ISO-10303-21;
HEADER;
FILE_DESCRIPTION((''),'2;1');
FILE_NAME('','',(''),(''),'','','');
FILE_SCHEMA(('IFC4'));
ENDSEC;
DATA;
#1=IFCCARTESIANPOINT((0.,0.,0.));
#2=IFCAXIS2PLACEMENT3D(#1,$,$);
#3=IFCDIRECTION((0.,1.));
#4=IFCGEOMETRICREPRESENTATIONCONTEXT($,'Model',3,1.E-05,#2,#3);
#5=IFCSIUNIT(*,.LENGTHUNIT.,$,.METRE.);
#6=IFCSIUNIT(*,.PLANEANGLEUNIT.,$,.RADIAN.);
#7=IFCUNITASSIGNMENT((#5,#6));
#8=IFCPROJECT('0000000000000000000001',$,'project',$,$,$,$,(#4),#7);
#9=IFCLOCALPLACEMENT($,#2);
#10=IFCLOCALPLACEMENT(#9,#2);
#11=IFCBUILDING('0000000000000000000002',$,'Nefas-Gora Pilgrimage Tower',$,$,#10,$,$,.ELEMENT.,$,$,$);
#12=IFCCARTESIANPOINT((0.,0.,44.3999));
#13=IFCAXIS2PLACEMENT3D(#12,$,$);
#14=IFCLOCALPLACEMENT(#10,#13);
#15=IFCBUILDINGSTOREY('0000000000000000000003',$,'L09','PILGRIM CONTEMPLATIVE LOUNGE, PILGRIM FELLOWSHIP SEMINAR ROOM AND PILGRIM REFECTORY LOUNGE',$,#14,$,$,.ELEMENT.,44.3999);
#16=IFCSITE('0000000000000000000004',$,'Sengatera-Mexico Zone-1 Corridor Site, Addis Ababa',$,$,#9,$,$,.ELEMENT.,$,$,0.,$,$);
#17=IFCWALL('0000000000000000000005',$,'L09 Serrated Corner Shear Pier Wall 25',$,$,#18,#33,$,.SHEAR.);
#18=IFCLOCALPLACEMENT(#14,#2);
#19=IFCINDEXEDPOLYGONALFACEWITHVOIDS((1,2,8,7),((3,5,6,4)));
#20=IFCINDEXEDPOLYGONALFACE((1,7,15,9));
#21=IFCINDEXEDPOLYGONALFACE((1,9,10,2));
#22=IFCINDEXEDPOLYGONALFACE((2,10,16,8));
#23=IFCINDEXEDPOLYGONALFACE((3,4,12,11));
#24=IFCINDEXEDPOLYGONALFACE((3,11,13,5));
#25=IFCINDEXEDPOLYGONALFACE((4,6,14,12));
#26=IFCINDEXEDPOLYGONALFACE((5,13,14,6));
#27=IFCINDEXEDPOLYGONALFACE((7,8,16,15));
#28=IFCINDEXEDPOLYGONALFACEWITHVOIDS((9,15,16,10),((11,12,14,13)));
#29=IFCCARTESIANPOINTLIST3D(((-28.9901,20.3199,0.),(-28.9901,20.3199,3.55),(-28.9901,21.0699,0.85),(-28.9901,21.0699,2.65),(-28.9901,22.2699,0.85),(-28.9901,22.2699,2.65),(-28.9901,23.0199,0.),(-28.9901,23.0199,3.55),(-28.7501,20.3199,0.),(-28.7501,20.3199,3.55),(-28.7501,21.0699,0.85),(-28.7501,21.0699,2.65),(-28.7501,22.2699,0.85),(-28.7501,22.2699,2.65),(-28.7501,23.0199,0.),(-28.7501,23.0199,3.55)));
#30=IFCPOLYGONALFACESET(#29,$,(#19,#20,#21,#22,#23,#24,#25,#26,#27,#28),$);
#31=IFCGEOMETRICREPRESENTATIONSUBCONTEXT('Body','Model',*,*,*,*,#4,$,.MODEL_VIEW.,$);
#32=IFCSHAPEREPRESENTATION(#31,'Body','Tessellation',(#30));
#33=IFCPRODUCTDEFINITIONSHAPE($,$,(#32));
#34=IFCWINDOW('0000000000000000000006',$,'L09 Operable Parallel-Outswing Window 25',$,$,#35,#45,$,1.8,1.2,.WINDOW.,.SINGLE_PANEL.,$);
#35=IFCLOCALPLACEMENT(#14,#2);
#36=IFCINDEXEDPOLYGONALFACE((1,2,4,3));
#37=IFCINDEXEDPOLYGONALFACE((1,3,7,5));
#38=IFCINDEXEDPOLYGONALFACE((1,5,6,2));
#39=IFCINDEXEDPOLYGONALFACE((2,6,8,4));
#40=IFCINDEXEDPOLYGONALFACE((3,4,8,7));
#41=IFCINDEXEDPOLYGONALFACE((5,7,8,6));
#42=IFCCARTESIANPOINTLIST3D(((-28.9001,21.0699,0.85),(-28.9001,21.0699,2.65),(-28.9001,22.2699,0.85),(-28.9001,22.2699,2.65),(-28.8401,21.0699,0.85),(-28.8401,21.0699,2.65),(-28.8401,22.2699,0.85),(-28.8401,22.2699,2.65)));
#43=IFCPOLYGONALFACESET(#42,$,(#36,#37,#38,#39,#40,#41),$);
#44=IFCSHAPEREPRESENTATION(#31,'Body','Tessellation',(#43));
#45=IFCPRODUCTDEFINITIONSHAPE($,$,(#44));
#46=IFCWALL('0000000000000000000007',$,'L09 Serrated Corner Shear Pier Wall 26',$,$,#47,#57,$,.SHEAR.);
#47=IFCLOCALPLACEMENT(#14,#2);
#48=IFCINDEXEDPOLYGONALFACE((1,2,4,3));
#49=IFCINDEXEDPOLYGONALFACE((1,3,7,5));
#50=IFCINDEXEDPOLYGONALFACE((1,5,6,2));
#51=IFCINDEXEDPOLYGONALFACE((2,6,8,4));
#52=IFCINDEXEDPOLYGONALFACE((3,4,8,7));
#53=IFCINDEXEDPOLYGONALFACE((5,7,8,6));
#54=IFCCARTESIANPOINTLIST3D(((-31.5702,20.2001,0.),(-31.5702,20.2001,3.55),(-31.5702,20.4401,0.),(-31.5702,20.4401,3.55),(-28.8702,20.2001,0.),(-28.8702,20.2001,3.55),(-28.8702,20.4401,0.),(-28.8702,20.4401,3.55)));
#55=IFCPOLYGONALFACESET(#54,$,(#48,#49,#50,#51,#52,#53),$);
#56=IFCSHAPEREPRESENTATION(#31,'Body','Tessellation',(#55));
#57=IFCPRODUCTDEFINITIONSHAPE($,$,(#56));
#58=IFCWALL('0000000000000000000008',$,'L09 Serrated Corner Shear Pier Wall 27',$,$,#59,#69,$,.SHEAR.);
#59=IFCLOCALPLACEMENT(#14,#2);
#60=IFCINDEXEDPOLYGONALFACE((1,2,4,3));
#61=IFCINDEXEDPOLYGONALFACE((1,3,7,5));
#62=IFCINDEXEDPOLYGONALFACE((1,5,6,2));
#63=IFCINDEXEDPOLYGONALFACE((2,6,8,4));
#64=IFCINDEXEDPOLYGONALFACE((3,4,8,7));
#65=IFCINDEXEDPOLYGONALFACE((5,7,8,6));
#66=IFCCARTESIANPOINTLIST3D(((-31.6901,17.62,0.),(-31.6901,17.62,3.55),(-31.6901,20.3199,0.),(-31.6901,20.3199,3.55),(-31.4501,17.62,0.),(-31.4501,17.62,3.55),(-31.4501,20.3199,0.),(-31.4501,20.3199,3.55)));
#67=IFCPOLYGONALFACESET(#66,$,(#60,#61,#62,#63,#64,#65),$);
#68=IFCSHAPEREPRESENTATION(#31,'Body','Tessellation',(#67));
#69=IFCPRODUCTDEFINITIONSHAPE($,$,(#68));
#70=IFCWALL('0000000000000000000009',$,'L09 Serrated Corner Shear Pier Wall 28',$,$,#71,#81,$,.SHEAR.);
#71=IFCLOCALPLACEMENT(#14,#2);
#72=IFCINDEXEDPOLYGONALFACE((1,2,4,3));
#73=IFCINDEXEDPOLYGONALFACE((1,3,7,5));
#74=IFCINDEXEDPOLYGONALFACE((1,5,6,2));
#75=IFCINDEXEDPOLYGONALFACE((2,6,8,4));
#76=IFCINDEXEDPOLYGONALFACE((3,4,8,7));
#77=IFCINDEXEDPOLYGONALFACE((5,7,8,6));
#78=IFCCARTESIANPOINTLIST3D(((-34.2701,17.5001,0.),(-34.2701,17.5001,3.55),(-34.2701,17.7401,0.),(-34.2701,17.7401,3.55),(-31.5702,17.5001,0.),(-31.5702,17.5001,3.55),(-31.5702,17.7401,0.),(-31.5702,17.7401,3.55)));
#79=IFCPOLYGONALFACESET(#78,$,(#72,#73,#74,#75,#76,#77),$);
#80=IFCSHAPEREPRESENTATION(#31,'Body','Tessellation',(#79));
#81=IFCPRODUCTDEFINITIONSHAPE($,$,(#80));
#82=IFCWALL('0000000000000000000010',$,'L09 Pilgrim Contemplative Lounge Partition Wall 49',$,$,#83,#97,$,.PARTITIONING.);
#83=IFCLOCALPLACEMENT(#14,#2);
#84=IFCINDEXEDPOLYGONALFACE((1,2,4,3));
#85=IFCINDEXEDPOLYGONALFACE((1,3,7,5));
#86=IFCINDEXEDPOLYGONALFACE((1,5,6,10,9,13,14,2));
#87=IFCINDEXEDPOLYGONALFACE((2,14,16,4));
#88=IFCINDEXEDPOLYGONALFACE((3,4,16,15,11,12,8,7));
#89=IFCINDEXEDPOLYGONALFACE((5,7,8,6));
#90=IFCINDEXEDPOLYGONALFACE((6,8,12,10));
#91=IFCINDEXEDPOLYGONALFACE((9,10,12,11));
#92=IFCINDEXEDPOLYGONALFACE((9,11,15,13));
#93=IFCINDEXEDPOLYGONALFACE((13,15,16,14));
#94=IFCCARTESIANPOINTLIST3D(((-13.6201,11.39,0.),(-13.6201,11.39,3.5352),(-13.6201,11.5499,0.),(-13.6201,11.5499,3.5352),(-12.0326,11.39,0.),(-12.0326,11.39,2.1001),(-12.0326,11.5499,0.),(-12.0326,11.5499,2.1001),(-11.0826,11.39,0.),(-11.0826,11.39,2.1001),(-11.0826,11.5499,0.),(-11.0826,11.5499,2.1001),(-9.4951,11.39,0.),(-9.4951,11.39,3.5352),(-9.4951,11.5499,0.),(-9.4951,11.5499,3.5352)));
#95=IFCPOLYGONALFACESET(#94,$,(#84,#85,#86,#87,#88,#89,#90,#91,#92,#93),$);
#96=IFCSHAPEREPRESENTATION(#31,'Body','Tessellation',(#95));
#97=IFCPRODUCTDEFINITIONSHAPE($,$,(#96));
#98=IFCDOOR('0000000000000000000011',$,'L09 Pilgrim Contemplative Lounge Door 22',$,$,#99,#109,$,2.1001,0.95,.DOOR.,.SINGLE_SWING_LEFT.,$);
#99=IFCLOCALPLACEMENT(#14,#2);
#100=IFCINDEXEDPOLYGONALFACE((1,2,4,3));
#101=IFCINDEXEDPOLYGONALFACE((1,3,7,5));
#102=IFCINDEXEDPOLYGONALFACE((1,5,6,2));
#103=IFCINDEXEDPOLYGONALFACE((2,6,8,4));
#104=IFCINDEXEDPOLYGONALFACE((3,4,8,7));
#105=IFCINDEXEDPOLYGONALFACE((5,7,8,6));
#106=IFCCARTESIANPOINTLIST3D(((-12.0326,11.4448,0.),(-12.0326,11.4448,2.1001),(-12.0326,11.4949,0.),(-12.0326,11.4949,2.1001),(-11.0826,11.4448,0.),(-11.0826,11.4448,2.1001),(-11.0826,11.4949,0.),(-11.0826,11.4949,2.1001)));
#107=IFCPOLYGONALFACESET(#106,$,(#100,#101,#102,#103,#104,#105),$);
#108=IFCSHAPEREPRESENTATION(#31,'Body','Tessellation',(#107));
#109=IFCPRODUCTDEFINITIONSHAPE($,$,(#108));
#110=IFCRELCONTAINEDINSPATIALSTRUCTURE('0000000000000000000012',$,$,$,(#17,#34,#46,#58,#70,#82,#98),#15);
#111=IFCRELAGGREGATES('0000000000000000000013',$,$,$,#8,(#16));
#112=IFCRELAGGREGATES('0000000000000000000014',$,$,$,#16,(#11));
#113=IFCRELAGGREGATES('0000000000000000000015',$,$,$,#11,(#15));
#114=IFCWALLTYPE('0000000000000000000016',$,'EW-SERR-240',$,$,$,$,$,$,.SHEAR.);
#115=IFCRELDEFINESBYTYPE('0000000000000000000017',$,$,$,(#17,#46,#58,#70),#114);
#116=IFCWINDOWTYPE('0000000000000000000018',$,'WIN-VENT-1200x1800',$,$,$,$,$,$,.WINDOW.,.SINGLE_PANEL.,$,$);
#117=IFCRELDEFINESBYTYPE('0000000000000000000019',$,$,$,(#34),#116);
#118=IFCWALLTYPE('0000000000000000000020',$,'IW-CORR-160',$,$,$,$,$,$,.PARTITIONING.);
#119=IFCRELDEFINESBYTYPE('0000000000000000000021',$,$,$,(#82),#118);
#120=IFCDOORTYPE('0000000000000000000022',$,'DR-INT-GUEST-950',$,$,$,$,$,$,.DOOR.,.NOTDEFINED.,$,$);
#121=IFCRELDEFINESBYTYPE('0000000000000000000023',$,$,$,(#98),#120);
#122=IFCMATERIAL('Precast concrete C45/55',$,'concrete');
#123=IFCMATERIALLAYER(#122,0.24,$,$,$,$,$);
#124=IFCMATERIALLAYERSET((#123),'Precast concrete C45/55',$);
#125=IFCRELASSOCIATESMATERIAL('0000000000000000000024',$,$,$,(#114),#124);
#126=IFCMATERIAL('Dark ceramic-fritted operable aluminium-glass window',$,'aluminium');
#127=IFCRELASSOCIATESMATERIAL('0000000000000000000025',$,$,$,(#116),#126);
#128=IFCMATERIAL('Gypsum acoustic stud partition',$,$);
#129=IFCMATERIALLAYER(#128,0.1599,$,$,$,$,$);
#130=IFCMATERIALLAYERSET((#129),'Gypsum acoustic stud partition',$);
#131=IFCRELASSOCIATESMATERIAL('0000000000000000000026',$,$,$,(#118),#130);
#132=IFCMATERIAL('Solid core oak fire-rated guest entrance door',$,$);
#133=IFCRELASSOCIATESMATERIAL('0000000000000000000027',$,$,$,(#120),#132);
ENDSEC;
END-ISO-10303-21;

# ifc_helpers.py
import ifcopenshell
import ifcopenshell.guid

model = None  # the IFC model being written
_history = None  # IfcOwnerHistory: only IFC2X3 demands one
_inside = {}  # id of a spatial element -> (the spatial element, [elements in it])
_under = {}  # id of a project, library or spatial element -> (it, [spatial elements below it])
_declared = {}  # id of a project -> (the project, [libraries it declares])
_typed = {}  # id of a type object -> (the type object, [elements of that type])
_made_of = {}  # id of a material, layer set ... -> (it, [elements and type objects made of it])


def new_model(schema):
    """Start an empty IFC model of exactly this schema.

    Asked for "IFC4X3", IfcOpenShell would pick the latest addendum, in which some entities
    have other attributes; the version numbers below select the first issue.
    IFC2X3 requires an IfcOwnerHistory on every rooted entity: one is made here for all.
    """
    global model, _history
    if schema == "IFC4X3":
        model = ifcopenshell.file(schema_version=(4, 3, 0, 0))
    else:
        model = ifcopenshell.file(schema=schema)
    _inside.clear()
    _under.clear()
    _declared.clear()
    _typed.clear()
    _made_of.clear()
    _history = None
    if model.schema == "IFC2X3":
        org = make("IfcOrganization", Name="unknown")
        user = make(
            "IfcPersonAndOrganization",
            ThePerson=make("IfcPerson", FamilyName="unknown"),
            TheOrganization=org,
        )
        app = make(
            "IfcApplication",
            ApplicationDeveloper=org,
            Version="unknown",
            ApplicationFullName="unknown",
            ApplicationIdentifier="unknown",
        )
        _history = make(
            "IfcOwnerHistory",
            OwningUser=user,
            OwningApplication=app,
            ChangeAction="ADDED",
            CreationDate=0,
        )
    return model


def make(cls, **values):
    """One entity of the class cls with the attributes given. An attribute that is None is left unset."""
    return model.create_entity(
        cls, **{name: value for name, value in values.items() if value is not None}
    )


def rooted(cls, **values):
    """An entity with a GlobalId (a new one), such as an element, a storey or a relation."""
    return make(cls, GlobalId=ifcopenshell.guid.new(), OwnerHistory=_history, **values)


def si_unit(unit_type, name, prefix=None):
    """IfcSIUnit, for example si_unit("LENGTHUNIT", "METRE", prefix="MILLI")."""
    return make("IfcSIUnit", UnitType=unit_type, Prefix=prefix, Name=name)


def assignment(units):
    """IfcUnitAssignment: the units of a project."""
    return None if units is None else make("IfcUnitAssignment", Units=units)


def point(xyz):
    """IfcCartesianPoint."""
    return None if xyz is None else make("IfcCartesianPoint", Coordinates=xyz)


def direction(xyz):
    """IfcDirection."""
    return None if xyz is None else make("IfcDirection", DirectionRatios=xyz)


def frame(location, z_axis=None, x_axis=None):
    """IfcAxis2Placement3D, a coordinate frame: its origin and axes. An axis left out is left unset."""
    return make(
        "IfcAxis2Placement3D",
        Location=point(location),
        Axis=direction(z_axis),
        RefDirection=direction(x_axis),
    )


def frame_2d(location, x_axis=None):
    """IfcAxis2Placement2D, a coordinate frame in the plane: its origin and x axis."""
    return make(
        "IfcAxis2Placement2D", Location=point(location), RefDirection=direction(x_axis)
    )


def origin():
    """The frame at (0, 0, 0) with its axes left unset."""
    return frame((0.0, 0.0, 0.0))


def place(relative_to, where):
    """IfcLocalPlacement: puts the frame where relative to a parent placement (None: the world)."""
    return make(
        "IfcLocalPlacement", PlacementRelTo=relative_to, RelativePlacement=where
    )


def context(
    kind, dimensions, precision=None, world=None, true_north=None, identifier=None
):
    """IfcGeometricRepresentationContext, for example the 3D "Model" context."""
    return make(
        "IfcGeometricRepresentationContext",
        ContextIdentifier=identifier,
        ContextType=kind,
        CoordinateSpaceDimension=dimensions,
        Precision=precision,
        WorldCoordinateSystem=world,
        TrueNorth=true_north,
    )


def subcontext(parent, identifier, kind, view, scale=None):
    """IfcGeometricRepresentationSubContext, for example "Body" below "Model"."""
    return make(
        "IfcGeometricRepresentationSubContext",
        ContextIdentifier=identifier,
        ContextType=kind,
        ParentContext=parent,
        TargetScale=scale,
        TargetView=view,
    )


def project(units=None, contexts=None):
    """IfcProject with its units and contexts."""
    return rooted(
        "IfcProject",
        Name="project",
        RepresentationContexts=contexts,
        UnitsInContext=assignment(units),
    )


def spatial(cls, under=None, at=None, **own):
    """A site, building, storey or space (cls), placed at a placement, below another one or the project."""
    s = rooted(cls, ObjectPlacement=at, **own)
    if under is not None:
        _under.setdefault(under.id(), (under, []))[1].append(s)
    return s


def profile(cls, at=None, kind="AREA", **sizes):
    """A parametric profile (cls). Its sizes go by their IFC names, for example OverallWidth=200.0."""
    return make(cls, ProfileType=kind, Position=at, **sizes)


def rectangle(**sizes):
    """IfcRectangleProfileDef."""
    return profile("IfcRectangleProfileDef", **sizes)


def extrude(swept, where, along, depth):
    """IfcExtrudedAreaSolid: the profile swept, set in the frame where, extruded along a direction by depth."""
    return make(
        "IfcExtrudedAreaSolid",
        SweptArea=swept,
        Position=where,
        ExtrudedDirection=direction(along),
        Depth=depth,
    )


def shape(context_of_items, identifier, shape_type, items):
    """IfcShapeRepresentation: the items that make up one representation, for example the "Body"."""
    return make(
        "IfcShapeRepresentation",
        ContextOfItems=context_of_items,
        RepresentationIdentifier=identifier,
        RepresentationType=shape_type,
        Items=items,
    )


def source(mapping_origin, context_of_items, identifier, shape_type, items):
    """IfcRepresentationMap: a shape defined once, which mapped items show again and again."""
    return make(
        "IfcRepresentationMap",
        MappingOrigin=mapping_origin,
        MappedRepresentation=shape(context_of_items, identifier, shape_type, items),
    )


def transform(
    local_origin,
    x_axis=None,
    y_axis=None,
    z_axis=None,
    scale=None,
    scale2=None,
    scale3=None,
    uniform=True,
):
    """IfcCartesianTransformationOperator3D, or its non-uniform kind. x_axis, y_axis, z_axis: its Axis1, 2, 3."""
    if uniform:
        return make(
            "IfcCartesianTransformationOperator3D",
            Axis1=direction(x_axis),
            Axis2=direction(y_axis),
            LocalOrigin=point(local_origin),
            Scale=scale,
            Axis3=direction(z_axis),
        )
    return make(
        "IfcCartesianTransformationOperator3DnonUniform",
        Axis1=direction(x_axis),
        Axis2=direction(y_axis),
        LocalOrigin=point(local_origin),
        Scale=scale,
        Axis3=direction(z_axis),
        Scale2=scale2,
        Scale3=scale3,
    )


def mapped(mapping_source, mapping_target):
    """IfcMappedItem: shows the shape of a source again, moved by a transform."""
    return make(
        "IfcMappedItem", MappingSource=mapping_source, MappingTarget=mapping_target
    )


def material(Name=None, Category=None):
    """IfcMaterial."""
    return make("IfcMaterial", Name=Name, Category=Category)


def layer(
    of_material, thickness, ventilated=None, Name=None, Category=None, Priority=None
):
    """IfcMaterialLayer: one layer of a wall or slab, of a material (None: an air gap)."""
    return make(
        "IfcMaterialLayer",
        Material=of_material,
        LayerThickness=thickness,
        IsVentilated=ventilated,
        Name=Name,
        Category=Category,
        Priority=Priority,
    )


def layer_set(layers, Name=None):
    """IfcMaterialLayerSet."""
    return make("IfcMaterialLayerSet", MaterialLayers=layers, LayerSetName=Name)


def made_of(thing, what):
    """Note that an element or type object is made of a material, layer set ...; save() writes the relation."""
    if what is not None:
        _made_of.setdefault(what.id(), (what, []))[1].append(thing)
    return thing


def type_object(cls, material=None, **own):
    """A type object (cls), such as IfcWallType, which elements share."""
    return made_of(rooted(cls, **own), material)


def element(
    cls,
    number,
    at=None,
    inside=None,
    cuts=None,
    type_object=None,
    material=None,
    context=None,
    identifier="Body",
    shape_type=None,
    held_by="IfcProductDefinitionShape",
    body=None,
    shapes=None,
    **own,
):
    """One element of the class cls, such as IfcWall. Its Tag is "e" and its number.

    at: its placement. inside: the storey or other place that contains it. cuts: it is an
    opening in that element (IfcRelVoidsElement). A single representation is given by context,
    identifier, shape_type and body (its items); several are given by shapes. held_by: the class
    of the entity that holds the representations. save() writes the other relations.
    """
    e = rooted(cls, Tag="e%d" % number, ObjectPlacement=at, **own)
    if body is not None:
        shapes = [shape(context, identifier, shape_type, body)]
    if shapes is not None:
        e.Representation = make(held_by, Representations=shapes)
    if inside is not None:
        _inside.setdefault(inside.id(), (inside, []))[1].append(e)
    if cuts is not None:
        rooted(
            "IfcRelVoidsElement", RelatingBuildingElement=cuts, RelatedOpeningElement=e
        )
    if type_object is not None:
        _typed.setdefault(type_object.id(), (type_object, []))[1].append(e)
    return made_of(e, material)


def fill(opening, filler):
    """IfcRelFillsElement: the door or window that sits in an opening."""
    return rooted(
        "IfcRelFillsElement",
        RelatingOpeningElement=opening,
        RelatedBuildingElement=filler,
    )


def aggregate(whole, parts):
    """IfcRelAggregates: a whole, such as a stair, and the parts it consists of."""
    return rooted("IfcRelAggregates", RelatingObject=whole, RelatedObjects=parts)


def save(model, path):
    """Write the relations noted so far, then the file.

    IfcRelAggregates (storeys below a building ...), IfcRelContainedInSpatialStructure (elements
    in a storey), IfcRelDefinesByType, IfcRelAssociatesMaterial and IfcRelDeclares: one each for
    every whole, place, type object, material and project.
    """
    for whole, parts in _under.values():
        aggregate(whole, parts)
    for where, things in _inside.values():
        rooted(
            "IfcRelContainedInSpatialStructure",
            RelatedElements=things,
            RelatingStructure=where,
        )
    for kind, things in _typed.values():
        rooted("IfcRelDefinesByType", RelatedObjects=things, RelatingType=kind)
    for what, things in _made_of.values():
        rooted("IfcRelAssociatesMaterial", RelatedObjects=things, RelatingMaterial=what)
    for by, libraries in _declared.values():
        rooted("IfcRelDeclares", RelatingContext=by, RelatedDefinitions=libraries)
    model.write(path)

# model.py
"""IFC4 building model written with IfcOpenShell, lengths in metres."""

from ifc_helpers import new_model, si_unit, direction, frame, frame_2d, origin, place, context, subcontext, project, spatial, rectangle, extrude, source, transform, mapped, material, layer, layer_set, type_object, element, fill, save


model = new_model("IFC4")

# Units and contexts
model_context = context("Model", 3, precision=1e-05, world=origin(), true_north=direction((0.0, 1.0)))
body_context = subcontext(model_context, "Body", "Model", "MODEL_VIEW")
ifc_project = project(units=[si_unit("LENGTHUNIT", "METRE"), si_unit("PLANEANGLEUNIT", "RADIAN")], contexts=[model_context])

# Site, building, storey
site_placement = place(None, origin())
site = spatial("IfcSite", under=ifc_project, at=site_placement, Name="Sengatera-Mexico Zone-1 Corridor Site, Addis Ababa", CompositionType="ELEMENT", RefElevation=0.0)
building_placement = place(site_placement, origin())
building = spatial("IfcBuilding", under=site, at=building_placement, Name="Nefas-Gora Pilgrimage Tower", CompositionType="ELEMENT")
storey_placement = place(building_placement, frame((0.0, 0.0, 44.3999)))
storey = spatial("IfcBuildingStorey", under=building, at=storey_placement, Name="L09", Description="PILGRIM CONTEMPLATIVE LOUNGE, PILGRIM FELLOWSHIP SEMINAR ROOM AND PILGRIM REFECTORY LOUNGE", CompositionType="ELEMENT", Elevation=44.3999)

# Wall, opening, window
ifc_material_1 = material(Name="Precast concrete C45/55", Category="concrete")
ifc_layer_1 = layer(ifc_material_1, 0.24)
ifc_layer_set_1 = layer_set([ifc_layer_1], Name="Precast concrete C45/55")
wall_type_1 = type_object("IfcWallType", Name="EW-SERR-240", PredefinedType="SHEAR", material=ifc_layer_set_1)
shared_shape_1 = source(origin(), body_context, "Body", "SweptSolid", [
    extrude(rectangle(XDim=2.7, YDim=0.24, at=frame_2d((1.3501, 0.0))), origin(), (0.0, 0.0, 1.0), 3.55),
])
wall_1_placement = place(storey_placement, frame((-28.8701, 23.02, 0.0), z_axis=(0.0, 0.0, 1.0), x_axis=(0.0, -1.0, 0.0)))
wall_1 = element("IfcWall", 1, at=wall_1_placement, inside=storey, type_object=wall_type_1, Name="L09 Serrated Corner Shear Pier Wall 25", PredefinedType="SHEAR", context=body_context, shape_type="MappedRepresentation", body=[
    mapped(shared_shape_1, transform((0.0, 0.0, 0.0), x_axis=(1.0, 0.0, 0.0), y_axis=(0.0, 1.0, 0.0), z_axis=(0.0, 0.0, 1.0), scale=1.0)),
])
opening_1_placement = place(wall_1_placement, frame((0.75, 0.0, 0.8501)))
opening_1 = element("IfcOpeningElement", 2, at=opening_1_placement, cuts=wall_1, PredefinedType="OPENING", context=body_context, shape_type="SweptSolid", body=[
    extrude(rectangle(XDim=1.2, YDim=1.8, at=frame_2d((0.6001, 0.8999))), frame((0.0, 0.1299, 0.0), z_axis=(0.0, -1.0, 0.0), x_axis=(1.0, 0.0, 0.0)), (0.0, 0.0, 1.0), 0.26),
])
ifc_material_2 = material(Name="Dark ceramic-fritted operable aluminium-glass window", Category="aluminium")
window_type = type_object("IfcWindowType", Name="WIN-VENT-1200x1800", PartitioningType="SINGLE_PANEL", PredefinedType="WINDOW", material=ifc_material_2)
shared_shape_2 = source(origin(), body_context, "Body", "SweptSolid", [
    extrude(rectangle(XDim=1.2, YDim=1.8, at=frame_2d((0.6001, 0.8999))), frame((0.0, 0.03, 0.0), z_axis=(0.0, -1.0, 0.0), x_axis=(1.0, 0.0, 0.0)), (0.0, 0.0, 1.0), 0.0601),
])
window_placement = place(opening_1_placement, origin())
window = element("IfcWindow", 3, at=window_placement, inside=storey, type_object=window_type, Name="L09 Operable Parallel-Outswing Window 25", OverallHeight=1.8, OverallWidth=1.2, PartitioningType="SINGLE_PANEL", PredefinedType="WINDOW", context=body_context, shape_type="MappedRepresentation", body=[
    mapped(shared_shape_2, transform((0.0, 0.0, 0.0), x_axis=(1.0, 0.0, 0.0), y_axis=(0.0, 1.0, 0.0), z_axis=(0.0, 0.0, 1.0), scale=1.0)),
])
fill(opening_1, window)

# Walls
for number, where, z_axis, x_axis, name in (
    (4, (-28.8701, 20.3201, 0.0), (0.0, 0.0, 1.0), (-1.0, 0.0, 0.0), "L09 Serrated Corner Shear Pier Wall 26"),
    (5, (-31.5701, 20.3201, 0.0), (0.0, 0.0, 1.0), (0.0, -1.0, 0.0), "L09 Serrated Corner Shear Pier Wall 27"),
    (6, (-31.5701, 17.6201, 0.0), (0.0, 0.0, 1.0), (-1.0, 0.0, 0.0), "L09 Serrated Corner Shear Pier Wall 28"),
):
    element("IfcWall", number, at=place(storey_placement, frame(where, z_axis=z_axis, x_axis=x_axis)), inside=storey, type_object=wall_type_1, Name=name, PredefinedType="SHEAR", context=body_context, shape_type="MappedRepresentation", body=[
        mapped(shared_shape_1, transform((0.0, 0.0, 0.0), x_axis=(1.0, 0.0, 0.0), y_axis=(0.0, 1.0, 0.0), z_axis=(0.0, 0.0, 1.0), scale=1.0)),
    ])

# Wall, opening, door
ifc_material_3 = material(Name="Gypsum acoustic stud partition")
ifc_layer_2 = layer(ifc_material_3, 0.1599)
ifc_layer_set_2 = layer_set([ifc_layer_2], Name="Gypsum acoustic stud partition")
wall_type_2 = type_object("IfcWallType", Name="IW-CORR-160", PredefinedType="PARTITIONING", material=ifc_layer_set_2)
shared_shape_3 = source(origin(), body_context, "Body", "SweptSolid", [
    extrude(rectangle(XDim=4.125, YDim=0.1599, at=frame_2d((2.0625, 0.0))), origin(), (0.0, 0.0, 1.0), 3.5352),
])
wall_2_placement = place(storey_placement, frame((-13.6201, 11.47, 0.0), z_axis=(0.0, 0.0, 1.0), x_axis=(1.0, 0.0, 0.0)))
wall_2 = element("IfcWall", 7, at=wall_2_placement, inside=storey, type_object=wall_type_2, Name="L09 Pilgrim Contemplative Lounge Partition Wall 49", PredefinedType="PARTITIONING", context=body_context, shape_type="MappedRepresentation", body=[
    mapped(shared_shape_3, transform((0.0, 0.0, 0.0), x_axis=(1.0, 0.0, 0.0), y_axis=(0.0, 1.0, 0.0), z_axis=(0.0, 0.0, 1.0), scale=1.0)),
])
opening_2_placement = place(wall_2_placement, frame((1.5874, 0.0, 0.0)))
opening_2 = element("IfcOpeningElement", 8, at=opening_2_placement, cuts=wall_2, PredefinedType="OPENING", context=body_context, shape_type="SweptSolid", body=[
    extrude(rectangle(XDim=0.95, YDim=2.1001, at=frame_2d((0.4751, 1.05))), frame((0.0, 0.0898, 0.0), z_axis=(0.0, -1.0, 0.0), x_axis=(1.0, 0.0, 0.0)), (0.0, 0.0, 1.0), 0.1799),
])
ifc_material_4 = material(Name="Solid core oak fire-rated guest entrance door")
door_type = type_object("IfcDoorType", Name="DR-INT-GUEST-950", OperationType="NOTDEFINED", PredefinedType="DOOR", material=ifc_material_4)
shared_shape_4 = source(origin(), body_context, "Body", "SweptSolid", [
    extrude(rectangle(XDim=0.95, YDim=2.1001, at=frame_2d((0.4751, 1.05))), frame((0.0, 0.0249, 0.0), z_axis=(0.0, -1.0, 0.0), x_axis=(1.0, 0.0, 0.0)), (0.0, 0.0, 1.0), 0.05),
])
door_placement = place(opening_2_placement, origin())
door = element("IfcDoor", 9, at=door_placement, inside=storey, type_object=door_type, Name="L09 Pilgrim Contemplative Lounge Door 22", OperationType="SINGLE_SWING_LEFT", OverallHeight=2.1001, OverallWidth=0.95, PredefinedType="DOOR", context=body_context, shape_type="MappedRepresentation", body=[
    mapped(shared_shape_4, transform((0.0, 0.0, 0.0), x_axis=(1.0, 0.0, 0.0), y_axis=(0.0, 1.0, 0.0), z_axis=(0.0, 0.0, 1.0), scale=1.0)),
])
fill(opening_2, door)

save(model, "model.ifc")
